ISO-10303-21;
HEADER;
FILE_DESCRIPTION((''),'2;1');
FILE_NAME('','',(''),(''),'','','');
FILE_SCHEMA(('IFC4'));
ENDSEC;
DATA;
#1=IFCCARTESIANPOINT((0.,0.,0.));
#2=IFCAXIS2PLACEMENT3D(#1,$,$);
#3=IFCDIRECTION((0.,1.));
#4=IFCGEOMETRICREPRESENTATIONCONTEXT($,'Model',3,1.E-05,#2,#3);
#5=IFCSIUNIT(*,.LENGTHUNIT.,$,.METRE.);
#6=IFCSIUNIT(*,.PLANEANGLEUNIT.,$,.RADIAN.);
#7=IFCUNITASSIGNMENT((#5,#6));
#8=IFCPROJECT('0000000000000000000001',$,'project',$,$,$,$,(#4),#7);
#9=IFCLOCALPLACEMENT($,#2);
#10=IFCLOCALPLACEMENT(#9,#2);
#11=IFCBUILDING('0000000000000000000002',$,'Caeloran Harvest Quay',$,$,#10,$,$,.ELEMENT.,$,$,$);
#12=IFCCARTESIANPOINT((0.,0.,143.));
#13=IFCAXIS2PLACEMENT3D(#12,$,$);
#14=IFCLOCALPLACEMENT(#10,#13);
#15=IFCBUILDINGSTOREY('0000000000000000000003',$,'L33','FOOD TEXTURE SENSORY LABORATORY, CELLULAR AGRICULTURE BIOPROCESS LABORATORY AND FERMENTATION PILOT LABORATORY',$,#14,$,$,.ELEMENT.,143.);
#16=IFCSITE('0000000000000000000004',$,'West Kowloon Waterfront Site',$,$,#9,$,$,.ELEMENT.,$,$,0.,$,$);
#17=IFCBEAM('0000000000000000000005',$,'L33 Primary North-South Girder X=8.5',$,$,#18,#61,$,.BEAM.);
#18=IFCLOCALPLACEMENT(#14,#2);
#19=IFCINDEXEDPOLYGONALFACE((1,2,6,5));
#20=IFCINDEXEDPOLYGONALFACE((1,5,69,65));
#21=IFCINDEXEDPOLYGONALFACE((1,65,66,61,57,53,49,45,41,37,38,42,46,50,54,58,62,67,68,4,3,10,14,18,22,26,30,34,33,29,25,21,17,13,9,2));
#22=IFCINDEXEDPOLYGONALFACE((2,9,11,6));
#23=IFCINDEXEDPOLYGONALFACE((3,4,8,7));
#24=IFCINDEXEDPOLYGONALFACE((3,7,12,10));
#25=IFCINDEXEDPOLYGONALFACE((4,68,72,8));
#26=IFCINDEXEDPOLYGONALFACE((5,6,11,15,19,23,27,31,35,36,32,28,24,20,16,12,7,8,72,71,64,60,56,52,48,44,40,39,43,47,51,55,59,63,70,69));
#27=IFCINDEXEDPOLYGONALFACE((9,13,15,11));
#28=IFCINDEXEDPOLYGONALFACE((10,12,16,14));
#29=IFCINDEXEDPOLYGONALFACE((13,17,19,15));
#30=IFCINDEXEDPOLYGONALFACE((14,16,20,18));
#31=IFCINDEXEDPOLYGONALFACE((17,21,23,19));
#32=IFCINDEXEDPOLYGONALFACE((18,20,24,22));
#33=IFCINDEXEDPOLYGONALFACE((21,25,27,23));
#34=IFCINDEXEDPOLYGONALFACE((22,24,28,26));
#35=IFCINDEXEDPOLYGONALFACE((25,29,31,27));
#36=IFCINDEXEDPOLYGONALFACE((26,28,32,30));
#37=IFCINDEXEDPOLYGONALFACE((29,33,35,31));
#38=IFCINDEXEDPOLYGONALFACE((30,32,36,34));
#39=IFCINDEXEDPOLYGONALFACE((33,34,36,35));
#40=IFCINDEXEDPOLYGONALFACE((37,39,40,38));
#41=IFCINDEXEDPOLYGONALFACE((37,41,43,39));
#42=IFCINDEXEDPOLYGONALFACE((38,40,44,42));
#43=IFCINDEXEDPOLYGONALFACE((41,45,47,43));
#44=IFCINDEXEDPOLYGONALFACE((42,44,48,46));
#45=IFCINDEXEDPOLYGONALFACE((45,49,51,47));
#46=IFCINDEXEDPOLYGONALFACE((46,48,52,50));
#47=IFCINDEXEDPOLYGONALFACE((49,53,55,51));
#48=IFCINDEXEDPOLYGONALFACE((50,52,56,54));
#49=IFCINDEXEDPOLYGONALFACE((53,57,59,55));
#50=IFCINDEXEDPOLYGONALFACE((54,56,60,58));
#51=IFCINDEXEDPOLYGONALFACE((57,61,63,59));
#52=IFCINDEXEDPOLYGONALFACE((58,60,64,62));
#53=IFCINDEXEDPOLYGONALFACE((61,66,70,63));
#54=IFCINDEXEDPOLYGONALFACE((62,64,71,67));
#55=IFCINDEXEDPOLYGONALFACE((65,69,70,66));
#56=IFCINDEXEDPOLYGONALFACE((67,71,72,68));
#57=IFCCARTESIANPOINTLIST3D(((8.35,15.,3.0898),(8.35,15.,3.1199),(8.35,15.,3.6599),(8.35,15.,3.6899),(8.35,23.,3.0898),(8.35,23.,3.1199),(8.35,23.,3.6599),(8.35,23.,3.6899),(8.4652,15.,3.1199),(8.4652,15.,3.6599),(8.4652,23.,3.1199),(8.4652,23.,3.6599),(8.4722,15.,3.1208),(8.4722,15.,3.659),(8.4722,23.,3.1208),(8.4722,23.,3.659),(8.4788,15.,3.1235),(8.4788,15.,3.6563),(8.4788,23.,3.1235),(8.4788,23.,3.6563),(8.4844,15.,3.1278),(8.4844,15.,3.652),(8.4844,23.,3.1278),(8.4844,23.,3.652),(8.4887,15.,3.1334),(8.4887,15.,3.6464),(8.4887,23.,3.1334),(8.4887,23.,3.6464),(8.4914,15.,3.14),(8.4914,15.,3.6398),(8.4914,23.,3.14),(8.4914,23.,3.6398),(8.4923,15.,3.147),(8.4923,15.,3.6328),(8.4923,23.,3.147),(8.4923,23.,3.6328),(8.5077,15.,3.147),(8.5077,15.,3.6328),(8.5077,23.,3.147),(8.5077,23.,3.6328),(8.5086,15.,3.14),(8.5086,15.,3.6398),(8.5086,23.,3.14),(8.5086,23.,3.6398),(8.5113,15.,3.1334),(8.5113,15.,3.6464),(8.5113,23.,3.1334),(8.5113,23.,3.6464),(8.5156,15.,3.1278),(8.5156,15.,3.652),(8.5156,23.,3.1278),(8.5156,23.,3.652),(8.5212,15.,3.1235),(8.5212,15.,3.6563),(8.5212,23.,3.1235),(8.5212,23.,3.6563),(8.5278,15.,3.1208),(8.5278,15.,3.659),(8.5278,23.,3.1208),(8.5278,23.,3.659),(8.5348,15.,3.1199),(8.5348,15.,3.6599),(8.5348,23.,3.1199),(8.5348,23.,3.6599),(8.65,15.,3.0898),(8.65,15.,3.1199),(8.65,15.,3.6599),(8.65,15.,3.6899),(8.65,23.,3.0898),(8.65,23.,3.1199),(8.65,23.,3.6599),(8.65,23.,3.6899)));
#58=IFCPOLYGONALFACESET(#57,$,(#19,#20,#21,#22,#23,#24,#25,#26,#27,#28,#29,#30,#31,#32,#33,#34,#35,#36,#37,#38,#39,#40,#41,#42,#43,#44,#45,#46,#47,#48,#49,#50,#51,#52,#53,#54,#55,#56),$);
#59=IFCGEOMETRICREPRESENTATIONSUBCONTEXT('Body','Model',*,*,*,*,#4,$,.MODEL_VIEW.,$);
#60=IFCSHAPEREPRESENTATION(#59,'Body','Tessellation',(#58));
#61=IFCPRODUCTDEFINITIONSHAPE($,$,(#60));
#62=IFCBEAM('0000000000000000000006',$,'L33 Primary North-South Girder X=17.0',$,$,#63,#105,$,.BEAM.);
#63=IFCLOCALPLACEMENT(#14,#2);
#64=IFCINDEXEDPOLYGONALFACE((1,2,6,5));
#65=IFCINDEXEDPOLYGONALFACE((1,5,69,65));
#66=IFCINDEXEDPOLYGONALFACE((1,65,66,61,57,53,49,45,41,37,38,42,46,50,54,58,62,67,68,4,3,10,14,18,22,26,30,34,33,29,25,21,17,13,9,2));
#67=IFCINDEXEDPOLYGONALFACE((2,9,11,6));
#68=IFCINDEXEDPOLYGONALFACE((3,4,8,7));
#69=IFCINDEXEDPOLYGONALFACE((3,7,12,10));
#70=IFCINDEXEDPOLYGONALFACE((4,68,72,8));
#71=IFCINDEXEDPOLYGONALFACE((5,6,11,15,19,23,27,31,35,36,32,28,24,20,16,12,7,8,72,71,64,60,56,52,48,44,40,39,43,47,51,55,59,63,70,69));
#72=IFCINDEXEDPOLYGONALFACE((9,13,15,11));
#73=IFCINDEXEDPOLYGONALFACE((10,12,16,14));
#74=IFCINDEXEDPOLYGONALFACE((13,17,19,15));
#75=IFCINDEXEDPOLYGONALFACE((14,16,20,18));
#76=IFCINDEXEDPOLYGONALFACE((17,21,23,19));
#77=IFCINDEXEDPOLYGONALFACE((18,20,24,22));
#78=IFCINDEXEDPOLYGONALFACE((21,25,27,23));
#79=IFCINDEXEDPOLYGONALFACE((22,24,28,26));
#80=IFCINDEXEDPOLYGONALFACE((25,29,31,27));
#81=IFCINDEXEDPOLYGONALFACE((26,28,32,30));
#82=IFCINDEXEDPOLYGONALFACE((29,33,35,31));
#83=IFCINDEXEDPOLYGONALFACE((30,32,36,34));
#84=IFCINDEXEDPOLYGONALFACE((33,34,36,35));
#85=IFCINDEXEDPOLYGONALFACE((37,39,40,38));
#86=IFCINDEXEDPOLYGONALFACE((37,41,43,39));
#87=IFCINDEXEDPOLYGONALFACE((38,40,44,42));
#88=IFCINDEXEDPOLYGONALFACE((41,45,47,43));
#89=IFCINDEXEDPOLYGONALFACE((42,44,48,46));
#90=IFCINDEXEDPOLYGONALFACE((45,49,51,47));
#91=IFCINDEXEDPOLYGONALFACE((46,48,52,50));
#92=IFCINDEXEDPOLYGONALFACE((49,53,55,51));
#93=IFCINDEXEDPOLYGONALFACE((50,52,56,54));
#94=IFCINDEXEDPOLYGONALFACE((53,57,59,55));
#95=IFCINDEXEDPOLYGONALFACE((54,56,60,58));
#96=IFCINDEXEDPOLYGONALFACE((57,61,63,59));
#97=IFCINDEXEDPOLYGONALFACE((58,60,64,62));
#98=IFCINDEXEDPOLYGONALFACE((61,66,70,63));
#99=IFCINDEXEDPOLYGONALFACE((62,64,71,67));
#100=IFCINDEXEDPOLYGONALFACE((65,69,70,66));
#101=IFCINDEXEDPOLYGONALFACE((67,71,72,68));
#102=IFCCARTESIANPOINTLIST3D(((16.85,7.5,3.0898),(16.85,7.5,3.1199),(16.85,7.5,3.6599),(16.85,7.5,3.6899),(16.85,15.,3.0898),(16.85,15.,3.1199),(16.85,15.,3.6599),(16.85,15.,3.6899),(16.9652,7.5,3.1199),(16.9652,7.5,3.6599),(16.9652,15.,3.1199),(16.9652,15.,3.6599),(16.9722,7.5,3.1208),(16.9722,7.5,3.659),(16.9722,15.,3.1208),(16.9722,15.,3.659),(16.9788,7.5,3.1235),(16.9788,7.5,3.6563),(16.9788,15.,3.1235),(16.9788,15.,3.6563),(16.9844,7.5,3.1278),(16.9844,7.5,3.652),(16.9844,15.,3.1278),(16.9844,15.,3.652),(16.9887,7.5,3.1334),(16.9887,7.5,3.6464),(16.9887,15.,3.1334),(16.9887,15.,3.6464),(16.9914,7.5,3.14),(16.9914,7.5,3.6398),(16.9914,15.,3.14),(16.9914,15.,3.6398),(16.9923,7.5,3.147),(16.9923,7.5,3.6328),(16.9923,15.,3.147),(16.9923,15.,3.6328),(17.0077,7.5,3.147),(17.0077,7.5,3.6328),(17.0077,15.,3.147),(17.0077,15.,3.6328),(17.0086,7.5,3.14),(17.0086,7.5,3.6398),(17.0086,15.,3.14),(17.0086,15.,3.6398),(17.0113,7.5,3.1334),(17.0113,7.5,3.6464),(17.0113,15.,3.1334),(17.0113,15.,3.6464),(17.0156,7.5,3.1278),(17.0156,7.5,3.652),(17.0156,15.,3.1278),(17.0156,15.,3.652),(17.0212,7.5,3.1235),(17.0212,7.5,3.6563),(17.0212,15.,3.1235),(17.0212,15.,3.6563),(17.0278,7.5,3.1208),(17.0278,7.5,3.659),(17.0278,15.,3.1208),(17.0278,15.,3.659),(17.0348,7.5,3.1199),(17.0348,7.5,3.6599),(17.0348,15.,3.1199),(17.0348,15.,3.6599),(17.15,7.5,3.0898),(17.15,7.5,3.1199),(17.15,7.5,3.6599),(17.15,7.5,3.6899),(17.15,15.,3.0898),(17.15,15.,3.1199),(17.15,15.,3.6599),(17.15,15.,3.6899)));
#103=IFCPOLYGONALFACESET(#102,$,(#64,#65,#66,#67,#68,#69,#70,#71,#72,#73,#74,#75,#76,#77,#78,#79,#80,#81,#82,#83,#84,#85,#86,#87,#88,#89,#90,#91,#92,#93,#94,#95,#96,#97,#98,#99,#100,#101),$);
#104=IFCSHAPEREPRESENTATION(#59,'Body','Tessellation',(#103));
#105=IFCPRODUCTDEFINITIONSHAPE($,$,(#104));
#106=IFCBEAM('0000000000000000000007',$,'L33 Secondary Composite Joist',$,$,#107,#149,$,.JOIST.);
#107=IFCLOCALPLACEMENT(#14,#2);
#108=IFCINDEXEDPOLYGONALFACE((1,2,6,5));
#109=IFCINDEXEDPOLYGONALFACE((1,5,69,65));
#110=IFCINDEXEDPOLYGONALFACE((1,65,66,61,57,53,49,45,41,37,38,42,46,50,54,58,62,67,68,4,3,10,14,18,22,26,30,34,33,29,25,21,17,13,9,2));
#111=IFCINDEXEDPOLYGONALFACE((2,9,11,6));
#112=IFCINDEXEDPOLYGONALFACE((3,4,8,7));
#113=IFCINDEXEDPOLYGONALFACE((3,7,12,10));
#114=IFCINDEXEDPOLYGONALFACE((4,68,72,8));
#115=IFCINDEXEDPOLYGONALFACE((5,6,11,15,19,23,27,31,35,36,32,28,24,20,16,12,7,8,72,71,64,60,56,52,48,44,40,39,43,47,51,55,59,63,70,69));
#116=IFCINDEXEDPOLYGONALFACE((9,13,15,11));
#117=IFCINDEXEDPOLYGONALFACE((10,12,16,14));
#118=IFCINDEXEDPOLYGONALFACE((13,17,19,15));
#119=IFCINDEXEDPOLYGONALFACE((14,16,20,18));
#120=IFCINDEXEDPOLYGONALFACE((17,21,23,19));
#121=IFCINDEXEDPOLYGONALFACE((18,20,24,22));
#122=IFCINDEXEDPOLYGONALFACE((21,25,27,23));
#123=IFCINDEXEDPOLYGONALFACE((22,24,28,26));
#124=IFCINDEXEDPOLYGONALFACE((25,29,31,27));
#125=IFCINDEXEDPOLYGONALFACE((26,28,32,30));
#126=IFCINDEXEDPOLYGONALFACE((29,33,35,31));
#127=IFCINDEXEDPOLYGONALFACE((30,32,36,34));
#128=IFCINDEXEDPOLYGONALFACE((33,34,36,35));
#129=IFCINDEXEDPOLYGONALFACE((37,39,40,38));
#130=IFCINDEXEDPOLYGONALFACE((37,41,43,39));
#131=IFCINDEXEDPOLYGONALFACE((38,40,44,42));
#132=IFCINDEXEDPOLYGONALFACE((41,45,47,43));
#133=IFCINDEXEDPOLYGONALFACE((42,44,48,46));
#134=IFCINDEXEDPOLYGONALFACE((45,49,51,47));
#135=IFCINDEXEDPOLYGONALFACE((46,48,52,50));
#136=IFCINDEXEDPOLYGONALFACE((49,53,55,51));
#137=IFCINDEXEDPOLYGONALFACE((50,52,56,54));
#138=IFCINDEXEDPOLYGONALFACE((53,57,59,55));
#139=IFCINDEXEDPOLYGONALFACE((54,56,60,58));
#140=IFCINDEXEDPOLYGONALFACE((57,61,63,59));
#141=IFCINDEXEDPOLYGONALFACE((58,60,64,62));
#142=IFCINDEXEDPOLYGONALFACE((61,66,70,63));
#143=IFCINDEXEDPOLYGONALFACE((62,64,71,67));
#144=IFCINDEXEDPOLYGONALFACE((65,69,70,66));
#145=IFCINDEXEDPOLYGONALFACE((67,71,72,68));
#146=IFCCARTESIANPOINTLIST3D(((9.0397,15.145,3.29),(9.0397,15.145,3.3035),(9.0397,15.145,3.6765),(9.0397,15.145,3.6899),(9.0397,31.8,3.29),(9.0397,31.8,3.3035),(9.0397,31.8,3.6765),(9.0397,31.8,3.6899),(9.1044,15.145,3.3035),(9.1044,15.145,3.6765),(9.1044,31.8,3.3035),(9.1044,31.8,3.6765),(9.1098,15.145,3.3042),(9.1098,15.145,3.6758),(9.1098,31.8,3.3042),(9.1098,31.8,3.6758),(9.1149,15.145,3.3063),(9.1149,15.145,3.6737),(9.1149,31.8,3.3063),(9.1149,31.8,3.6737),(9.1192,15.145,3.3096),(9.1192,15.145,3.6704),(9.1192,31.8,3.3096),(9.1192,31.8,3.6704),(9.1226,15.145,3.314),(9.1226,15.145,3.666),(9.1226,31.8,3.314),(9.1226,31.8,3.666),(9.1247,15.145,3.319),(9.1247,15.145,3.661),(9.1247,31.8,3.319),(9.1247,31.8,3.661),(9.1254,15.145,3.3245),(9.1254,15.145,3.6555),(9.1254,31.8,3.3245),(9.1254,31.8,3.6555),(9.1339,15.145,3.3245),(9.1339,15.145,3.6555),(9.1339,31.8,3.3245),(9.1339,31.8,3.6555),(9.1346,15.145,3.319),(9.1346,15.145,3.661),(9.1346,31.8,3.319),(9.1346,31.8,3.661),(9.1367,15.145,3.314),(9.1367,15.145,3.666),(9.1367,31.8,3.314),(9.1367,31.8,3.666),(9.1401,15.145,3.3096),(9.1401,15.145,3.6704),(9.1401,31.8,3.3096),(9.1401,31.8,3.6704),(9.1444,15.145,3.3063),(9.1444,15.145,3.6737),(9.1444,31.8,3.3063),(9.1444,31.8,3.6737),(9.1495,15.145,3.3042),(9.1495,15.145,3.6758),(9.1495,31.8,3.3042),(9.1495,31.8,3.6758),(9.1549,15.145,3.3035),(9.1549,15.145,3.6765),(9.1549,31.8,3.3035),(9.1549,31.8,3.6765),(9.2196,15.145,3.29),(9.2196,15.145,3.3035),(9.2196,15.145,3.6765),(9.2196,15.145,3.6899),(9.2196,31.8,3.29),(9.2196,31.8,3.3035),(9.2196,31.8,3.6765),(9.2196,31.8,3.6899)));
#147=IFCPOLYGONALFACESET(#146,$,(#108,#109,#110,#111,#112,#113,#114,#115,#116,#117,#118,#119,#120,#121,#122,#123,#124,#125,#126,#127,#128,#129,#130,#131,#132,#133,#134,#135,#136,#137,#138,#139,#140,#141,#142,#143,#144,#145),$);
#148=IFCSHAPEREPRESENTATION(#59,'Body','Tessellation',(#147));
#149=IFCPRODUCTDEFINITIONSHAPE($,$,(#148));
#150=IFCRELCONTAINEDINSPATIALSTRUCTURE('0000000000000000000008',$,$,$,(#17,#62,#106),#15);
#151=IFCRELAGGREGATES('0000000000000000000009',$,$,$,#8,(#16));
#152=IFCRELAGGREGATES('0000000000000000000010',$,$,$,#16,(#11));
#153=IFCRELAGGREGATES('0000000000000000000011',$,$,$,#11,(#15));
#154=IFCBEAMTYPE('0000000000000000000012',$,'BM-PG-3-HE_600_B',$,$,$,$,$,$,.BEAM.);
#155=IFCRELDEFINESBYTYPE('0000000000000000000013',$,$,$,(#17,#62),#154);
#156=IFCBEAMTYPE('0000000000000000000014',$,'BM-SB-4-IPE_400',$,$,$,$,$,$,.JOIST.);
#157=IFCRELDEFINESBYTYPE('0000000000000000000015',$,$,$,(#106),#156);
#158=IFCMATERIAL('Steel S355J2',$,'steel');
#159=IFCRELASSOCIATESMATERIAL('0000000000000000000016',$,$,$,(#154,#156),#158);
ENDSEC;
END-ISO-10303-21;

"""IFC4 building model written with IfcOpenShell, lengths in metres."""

from ifc_helpers import new_model, si_unit, direction, frame, origin, origin_2d, place, context, subcontext, project, spatial, i_section, extrude, material, material_profile, profile_set, type_object, element, save


model = new_model("IFC4")

# Units and contexts
model_context = context("Model", 3, precision=1e-05, world=origin(), true_north=direction((0.0, 1.0)))
body_context = subcontext(model_context, "Body", "Model", "MODEL_VIEW")
ifc_project = project(units=[si_unit("LENGTHUNIT", "METRE"), si_unit("PLANEANGLEUNIT", "RADIAN")], contexts=[model_context])

# Site, building, storey
site_placement = place(None, origin())
site = spatial("IfcSite", under=ifc_project, at=site_placement, Name="West Kowloon Waterfront Site", CompositionType="ELEMENT", RefElevation=0.0)
building_placement = place(site_placement, origin())
building = spatial("IfcBuilding", under=site, at=building_placement, Name="Caeloran Harvest Quay", CompositionType="ELEMENT")
storey_placement = place(building_placement, frame((0.0, 0.0, 143.0)))
storey = spatial("IfcBuildingStorey", under=building, at=storey_placement, Name="L33", Description="FOOD TEXTURE SENSORY LABORATORY, CELLULAR AGRICULTURE BIOPROCESS LABORATORY AND FERMENTATION PILOT LABORATORY", CompositionType="ELEMENT", Elevation=143.0)

# Beams
ifc_material_1 = material(Name="Steel S355J2", Category="steel")
ifc_material_profile_1 = material_profile(ifc_material_1, i_section(OverallWidth=0.3, OverallDepth=0.6001, WebThickness=0.0154, FlangeThickness=0.03, FilletRadius=0.0271, at=origin_2d()), Name="HE 600 B")
ifc_profile_set_1 = profile_set([ifc_material_profile_1], Name="Steel S355J2")
beam_type_1 = type_object("IfcBeamType", Name="BM-PG-3-HE_600_B", PredefinedType="BEAM", material=ifc_profile_set_1)
beam_1_placement = place(storey_placement, frame((8.5, 15.0, 3.3899), z_axis=(0.0, 1.0, 0.0), x_axis=(-1.0, 0.0, 0.0)))
element("IfcBeam", 1, at=beam_1_placement, inside=storey, type_object=beam_type_1, Name="L33 Primary North-South Girder X=8.5", PredefinedType="BEAM", context=body_context, shape_type="SweptSolid", body=[
    extrude(i_section(OverallWidth=0.3, OverallDepth=0.6001, WebThickness=0.0154, FlangeThickness=0.03, FilletRadius=0.0271, at=origin_2d()), origin(), (0.0, 0.0, 1.0), 8.0),
])
beam_2_placement = place(storey_placement, frame((17.0, 7.5, 3.3899), z_axis=(0.0, 1.0, 0.0), x_axis=(-1.0, 0.0, 0.0)))
element("IfcBeam", 2, at=beam_2_placement, inside=storey, type_object=beam_type_1, Name="L33 Primary North-South Girder X=17.0", PredefinedType="BEAM", context=body_context, shape_type="SweptSolid", body=[
    extrude(i_section(OverallWidth=0.3, OverallDepth=0.6001, WebThickness=0.0154, FlangeThickness=0.03, FilletRadius=0.0271, at=origin_2d()), origin(), (0.0, 0.0, 1.0), 7.5),
])
ifc_material_profile_2 = material_profile(ifc_material_1, i_section(OverallWidth=0.1799, OverallDepth=0.3999, WebThickness=0.0085, FlangeThickness=0.0134, FilletRadius=0.021, at=origin_2d()), Name="IPE 400")
ifc_profile_set_2 = profile_set([ifc_material_profile_2], Name="Steel S355J2")
beam_type_2 = type_object("IfcBeamType", Name="BM-SB-4-IPE_400", PredefinedType="JOIST", material=ifc_profile_set_2)
beam_3_placement = place(storey_placement, frame((9.1296, 15.145, 3.49), z_axis=(0.0, 1.0, 0.0), x_axis=(-1.0, 0.0, 0.0)))
element("IfcBeam", 3, at=beam_3_placement, inside=storey, type_object=beam_type_2, Name="L33 Secondary Composite Joist", PredefinedType="JOIST", context=body_context, shape_type="SweptSolid", body=[
    extrude(i_section(OverallWidth=0.1799, OverallDepth=0.3999, WebThickness=0.0085, FlangeThickness=0.0134, FilletRadius=0.021, at=origin_2d()), origin(), (0.0, 0.0, 1.0), 16.655),
])

save(model, "model.ifc")
